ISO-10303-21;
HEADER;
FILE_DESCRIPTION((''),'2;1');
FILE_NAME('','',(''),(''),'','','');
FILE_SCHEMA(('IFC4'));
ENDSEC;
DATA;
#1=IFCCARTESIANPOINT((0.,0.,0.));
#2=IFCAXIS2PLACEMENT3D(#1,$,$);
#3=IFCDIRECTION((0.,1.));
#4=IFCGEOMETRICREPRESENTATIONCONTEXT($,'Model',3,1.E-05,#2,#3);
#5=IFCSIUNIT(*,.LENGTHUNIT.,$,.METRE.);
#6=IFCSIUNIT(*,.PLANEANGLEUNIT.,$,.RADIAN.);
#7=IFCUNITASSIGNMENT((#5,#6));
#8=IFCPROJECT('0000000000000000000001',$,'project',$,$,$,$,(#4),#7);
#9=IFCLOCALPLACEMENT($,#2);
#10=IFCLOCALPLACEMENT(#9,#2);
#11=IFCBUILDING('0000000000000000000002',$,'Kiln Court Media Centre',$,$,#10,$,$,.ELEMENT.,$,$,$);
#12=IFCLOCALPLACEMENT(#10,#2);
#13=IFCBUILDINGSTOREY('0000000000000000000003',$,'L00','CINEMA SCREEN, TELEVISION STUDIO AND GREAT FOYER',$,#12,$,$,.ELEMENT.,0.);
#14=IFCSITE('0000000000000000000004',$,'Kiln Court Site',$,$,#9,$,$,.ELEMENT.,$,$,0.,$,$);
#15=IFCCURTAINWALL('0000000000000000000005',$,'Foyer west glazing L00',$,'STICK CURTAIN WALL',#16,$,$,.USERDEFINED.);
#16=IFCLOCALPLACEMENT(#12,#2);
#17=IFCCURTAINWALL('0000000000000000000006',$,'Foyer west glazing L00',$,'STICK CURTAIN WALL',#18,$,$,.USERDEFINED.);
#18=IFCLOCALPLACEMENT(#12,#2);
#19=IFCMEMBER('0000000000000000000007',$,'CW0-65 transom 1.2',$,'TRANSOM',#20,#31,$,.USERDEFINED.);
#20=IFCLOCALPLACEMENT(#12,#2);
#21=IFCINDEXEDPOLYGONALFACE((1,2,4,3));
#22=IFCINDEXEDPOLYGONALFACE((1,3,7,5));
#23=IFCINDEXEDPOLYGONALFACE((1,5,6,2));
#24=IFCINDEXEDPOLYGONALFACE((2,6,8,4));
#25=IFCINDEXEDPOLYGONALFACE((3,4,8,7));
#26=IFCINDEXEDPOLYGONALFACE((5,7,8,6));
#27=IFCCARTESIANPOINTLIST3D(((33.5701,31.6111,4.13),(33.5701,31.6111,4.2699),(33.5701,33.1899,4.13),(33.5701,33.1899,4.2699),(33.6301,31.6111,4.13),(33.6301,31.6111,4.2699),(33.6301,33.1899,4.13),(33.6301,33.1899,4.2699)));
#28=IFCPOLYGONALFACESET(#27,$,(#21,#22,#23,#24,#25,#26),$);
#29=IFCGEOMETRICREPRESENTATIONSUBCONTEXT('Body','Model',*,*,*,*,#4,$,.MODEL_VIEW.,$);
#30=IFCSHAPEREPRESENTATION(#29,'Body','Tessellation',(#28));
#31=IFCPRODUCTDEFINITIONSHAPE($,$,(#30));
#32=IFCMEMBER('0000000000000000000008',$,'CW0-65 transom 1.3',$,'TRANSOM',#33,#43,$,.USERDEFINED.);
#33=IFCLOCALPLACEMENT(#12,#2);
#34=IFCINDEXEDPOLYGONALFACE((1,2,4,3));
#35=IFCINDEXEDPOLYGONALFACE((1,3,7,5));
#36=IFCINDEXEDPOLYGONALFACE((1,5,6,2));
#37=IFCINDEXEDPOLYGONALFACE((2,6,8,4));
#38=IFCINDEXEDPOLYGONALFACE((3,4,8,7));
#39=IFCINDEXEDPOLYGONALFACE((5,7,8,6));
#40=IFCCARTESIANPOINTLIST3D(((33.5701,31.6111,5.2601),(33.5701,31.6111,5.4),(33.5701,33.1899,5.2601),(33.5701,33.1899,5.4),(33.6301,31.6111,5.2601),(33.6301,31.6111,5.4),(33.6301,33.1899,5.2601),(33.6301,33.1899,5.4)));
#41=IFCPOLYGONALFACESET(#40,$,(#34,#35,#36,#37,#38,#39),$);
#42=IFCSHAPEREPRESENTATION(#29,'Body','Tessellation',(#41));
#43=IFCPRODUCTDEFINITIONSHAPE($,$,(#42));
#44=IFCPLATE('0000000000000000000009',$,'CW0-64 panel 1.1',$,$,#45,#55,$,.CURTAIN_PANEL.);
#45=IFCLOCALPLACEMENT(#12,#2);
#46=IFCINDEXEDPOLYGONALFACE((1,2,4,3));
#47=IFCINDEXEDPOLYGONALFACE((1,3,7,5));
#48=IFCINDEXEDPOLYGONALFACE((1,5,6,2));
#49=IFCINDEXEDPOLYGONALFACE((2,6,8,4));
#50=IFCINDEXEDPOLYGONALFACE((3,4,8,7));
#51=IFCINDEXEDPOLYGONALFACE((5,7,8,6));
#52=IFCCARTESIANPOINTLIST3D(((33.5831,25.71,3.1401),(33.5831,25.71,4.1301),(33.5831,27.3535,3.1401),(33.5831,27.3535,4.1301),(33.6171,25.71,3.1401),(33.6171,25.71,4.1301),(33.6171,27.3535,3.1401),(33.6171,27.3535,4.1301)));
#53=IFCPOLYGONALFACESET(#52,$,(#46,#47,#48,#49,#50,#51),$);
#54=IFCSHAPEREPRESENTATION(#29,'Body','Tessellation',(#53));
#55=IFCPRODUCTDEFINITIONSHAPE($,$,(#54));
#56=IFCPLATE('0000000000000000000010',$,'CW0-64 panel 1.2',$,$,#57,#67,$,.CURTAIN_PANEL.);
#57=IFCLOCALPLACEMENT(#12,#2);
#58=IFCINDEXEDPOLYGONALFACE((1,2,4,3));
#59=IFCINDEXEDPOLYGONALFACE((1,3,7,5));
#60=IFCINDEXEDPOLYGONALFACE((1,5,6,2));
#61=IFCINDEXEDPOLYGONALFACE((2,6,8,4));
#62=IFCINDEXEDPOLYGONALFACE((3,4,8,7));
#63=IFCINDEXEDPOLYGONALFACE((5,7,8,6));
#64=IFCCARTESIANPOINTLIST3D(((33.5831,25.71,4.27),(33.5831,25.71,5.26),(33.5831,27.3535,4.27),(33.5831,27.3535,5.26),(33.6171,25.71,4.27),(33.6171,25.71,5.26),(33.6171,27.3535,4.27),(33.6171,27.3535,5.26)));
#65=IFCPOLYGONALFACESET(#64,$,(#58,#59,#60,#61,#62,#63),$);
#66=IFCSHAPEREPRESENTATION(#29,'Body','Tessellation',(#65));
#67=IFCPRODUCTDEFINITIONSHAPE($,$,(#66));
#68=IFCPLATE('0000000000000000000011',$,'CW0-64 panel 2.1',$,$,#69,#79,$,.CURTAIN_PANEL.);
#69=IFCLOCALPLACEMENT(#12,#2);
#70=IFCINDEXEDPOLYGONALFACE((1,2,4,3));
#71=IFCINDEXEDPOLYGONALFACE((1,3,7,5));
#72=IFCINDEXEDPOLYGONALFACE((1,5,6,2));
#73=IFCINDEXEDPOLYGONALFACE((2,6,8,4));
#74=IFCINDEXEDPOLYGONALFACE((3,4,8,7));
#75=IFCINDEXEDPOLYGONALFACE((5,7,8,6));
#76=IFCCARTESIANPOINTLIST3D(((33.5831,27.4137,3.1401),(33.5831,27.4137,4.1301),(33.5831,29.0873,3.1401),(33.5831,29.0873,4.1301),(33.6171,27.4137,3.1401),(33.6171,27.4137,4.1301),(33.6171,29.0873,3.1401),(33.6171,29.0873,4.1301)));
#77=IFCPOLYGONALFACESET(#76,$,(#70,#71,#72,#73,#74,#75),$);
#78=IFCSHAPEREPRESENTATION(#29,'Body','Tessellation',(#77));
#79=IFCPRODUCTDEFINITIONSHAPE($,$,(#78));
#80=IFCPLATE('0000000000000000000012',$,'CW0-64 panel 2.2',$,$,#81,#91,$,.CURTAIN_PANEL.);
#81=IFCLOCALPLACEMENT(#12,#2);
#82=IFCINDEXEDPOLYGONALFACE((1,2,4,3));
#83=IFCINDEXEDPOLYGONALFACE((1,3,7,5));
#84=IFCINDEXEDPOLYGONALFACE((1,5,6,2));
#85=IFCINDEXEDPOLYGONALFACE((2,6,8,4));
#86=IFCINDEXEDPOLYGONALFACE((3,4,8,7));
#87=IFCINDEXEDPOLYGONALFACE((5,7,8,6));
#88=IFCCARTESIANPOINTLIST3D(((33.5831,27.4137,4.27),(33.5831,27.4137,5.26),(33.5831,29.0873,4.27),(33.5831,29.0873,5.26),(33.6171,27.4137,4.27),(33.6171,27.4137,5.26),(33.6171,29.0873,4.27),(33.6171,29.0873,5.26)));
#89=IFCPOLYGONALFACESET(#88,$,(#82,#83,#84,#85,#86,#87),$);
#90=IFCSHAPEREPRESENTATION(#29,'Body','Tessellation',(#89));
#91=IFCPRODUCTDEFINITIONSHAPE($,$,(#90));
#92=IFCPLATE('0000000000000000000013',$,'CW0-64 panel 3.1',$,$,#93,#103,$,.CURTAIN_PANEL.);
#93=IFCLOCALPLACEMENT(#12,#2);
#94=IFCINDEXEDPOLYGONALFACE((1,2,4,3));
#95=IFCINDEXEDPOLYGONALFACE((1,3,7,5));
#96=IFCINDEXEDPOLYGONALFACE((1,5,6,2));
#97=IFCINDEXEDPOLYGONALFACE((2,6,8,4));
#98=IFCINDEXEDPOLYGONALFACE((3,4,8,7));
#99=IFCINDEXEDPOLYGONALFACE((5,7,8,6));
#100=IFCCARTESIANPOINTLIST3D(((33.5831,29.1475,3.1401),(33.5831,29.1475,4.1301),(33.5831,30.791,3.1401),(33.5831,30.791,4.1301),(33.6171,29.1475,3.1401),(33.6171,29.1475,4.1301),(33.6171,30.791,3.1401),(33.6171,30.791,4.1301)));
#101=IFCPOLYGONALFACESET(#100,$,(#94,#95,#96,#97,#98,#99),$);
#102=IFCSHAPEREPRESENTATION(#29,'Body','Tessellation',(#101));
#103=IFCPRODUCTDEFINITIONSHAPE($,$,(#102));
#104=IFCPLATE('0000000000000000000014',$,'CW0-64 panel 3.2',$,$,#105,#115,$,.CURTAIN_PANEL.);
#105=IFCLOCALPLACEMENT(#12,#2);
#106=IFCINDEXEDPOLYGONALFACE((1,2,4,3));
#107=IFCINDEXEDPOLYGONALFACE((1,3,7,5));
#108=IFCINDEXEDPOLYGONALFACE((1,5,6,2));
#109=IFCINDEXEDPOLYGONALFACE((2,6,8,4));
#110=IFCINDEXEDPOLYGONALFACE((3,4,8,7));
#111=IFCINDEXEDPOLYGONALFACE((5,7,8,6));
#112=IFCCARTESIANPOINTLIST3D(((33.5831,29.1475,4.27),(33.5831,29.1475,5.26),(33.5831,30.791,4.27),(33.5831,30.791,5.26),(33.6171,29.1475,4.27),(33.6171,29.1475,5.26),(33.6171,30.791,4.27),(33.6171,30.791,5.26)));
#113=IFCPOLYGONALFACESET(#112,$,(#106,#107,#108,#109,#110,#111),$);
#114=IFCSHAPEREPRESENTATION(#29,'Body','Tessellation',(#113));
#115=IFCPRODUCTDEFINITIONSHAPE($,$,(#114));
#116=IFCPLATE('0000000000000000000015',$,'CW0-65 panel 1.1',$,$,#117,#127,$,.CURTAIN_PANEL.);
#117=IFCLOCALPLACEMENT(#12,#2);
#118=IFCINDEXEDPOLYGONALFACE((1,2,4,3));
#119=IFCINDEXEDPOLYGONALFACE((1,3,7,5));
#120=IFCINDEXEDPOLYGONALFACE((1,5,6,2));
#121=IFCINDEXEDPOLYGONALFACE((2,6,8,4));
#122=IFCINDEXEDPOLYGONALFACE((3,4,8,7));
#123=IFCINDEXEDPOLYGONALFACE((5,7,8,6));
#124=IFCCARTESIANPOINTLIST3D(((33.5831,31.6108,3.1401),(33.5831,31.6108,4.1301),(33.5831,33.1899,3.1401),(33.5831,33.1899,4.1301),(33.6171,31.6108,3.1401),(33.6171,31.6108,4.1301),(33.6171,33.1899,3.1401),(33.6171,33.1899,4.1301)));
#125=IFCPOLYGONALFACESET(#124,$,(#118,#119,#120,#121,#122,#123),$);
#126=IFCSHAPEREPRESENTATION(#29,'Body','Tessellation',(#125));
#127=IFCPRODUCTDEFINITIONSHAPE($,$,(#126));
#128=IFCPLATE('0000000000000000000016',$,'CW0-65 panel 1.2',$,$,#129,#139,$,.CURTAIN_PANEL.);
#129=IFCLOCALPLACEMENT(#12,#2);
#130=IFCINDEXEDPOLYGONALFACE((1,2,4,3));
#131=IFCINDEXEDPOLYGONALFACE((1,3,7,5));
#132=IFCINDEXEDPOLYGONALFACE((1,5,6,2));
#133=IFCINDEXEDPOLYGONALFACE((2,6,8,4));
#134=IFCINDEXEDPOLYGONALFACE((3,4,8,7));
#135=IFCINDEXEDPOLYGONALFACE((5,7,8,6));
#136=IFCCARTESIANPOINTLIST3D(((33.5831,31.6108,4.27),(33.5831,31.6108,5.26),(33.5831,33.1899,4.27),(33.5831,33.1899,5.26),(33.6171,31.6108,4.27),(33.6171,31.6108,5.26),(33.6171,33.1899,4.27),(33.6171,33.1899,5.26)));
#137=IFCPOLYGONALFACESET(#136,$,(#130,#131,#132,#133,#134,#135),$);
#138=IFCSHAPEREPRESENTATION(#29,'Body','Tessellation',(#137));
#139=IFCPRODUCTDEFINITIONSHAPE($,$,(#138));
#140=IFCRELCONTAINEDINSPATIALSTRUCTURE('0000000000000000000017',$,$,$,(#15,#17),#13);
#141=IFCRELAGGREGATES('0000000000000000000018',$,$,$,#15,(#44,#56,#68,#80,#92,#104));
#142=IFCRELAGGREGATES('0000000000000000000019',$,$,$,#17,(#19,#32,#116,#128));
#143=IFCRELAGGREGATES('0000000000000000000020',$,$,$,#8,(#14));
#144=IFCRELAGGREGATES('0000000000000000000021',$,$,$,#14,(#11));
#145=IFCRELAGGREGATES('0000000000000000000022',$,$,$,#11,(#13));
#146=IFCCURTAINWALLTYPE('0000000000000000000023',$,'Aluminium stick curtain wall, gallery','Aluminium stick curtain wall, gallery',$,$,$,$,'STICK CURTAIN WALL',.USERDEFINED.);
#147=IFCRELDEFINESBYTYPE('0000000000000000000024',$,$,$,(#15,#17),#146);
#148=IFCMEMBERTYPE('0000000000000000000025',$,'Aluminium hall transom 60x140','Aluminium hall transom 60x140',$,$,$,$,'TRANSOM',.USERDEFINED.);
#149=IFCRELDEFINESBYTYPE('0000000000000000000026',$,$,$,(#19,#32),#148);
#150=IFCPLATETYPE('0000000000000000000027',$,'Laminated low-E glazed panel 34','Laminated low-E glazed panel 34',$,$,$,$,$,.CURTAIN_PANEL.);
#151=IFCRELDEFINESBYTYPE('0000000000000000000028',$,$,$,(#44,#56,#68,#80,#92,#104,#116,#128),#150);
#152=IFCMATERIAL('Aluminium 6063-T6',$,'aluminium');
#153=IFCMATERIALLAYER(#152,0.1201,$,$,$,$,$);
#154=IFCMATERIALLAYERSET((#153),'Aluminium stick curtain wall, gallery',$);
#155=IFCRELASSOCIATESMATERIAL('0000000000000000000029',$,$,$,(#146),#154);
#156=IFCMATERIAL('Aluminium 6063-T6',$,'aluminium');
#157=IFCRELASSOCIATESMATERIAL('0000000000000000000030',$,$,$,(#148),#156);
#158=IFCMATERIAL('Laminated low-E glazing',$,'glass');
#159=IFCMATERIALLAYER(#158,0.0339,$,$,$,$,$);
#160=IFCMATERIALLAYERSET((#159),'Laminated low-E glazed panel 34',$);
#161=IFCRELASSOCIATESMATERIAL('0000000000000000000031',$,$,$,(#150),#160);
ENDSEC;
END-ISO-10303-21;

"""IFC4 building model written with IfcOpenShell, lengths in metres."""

from ifc_helpers import new_model, si_unit, direction, frame, origin, origin_2d, place, context, subcontext, project, spatial, rectangle, extrude, material, layer, layer_set, material_profile, profile_set, type_object, element, aggregate, save


model = new_model("IFC4")

# Units and contexts
model_context = context("Model", 3, precision=1e-05, world=origin(), true_north=direction((0.0, 1.0)))
body_context = subcontext(model_context, "Body", "Model", "MODEL_VIEW")
ifc_project = project(units=[si_unit("LENGTHUNIT", "METRE"), si_unit("PLANEANGLEUNIT", "RADIAN")], contexts=[model_context])

# Site, building, storey
site_placement = place(None, origin())
site = spatial("IfcSite", under=ifc_project, at=site_placement, Name="Kiln Court Site", CompositionType="ELEMENT", RefElevation=0.0)
building_placement = place(site_placement, origin())
building = spatial("IfcBuilding", under=site, at=building_placement, Name="Kiln Court Media Centre", CompositionType="ELEMENT")
storey_placement = place(building_placement, origin())
storey = spatial("IfcBuildingStorey", under=building, at=storey_placement, Name="L00", Description="CINEMA SCREEN, TELEVISION STUDIO AND GREAT FOYER", CompositionType="ELEMENT", Elevation=0.0)

# Curtain wall
ifc_material_1 = material(Name="Aluminium 6063-T6", Category="aluminium")
ifc_layer_1 = layer(ifc_material_1, 0.1201)
ifc_layer_set_1 = layer_set([ifc_layer_1], Name="Aluminium stick curtain wall, gallery")
curtain_wall_type = type_object("IfcCurtainWallType", Name="Aluminium stick curtain wall, gallery", Description="Aluminium stick curtain wall, gallery", ElementType="STICK CURTAIN WALL", PredefinedType="USERDEFINED", material=ifc_layer_set_1)
curtain_wall_1_placement = place(storey_placement, origin())
curtain_wall_1 = element("IfcCurtainWall", 1, at=curtain_wall_1_placement, inside=storey, type_object=curtain_wall_type, Name="Foyer west glazing L00", ObjectType="STICK CURTAIN WALL", PredefinedType="USERDEFINED")

# Curtain wall
curtain_wall_2_placement = place(storey_placement, origin())
curtain_wall_2 = element("IfcCurtainWall", 2, at=curtain_wall_2_placement, inside=storey, type_object=curtain_wall_type, Name="Foyer west glazing L00", ObjectType="STICK CURTAIN WALL", PredefinedType="USERDEFINED")

# Members
ifc_material_2 = material(Name="Aluminium 6063-T6", Category="aluminium")
ifc_material_profile_1 = material_profile(ifc_material_2, rectangle(XDim=0.0601, YDim=0.1399, at=origin_2d()), Name="Aluminium hall transom 60x140")
ifc_profile_set_1 = profile_set([ifc_material_profile_1], Name="Aluminium 6063-T6")
member_type_1 = type_object("IfcMemberType", Name="Aluminium hall transom 60x140", Description="Aluminium hall transom 60x140", ElementType="TRANSOM", PredefinedType="USERDEFINED", material=ifc_profile_set_1)
member_1_placement = place(storey_placement, frame((33.6001, 31.6111, 4.2), z_axis=(0.0, 1.0, 0.0), x_axis=(-1.0, 0.0, 0.0)))
member_1 = element("IfcMember", 3, at=member_1_placement, type_object=member_type_1, Name="CW0-65 transom 1.2", ObjectType="TRANSOM", PredefinedType="USERDEFINED", context=body_context, shape_type="SweptSolid", body=[
    extrude(rectangle(XDim=0.0601, YDim=0.1399, at=origin_2d()), origin(), (0.0, 0.0, 1.0), 1.5789),
])
member_2_placement = place(storey_placement, frame((33.6001, 31.6111, 5.3301), z_axis=(0.0, 1.0, 0.0), x_axis=(-1.0, 0.0, 0.0)))
member_2 = element("IfcMember", 4, at=member_2_placement, type_object=member_type_1, Name="CW0-65 transom 1.3", ObjectType="TRANSOM", PredefinedType="USERDEFINED", context=body_context, shape_type="SweptSolid", body=[
    extrude(rectangle(XDim=0.0601, YDim=0.1399, at=origin_2d()), origin(), (0.0, 0.0, 1.0), 1.5789),
])

# Plates
ifc_material_3 = material(Name="Laminated low-E glazing", Category="glass")
ifc_layer_2 = layer(ifc_material_3, 0.0339)
ifc_layer_set_2 = layer_set([ifc_layer_2], Name="Laminated low-E glazed panel 34")
plate_type = type_object("IfcPlateType", Name="Laminated low-E glazed panel 34", Description="Laminated low-E glazed panel 34", PredefinedType="CURTAIN_PANEL", material=ifc_layer_set_2)
plate_1_placement = place(storey_placement, frame((33.6001, 26.5317, 3.1401), z_axis=(0.0, 0.0, 1.0), x_axis=(0.0, 1.0, 0.0)))
plate_1 = element("IfcPlate", 5, at=plate_1_placement, type_object=plate_type, Name="CW0-64 panel 1.1", PredefinedType="CURTAIN_PANEL", context=body_context, shape_type="SweptSolid", body=[
    extrude(rectangle(XDim=1.6436, YDim=0.0339, at=origin_2d()), origin(), (0.0, 0.0, 1.0), 0.99),
])
plate_2_placement = place(storey_placement, frame((33.6001, 26.5317, 4.27), z_axis=(0.0, 0.0, 1.0), x_axis=(0.0, 1.0, 0.0)))
plate_2 = element("IfcPlate", 6, at=plate_2_placement, type_object=plate_type, Name="CW0-64 panel 1.2", PredefinedType="CURTAIN_PANEL", context=body_context, shape_type="SweptSolid", body=[
    extrude(rectangle(XDim=1.6436, YDim=0.0339, at=origin_2d()), origin(), (0.0, 0.0, 1.0), 0.99),
])
plate_3_placement = place(storey_placement, frame((33.6001, 28.2505, 3.1401), z_axis=(0.0, 0.0, 1.0), x_axis=(0.0, 1.0, 0.0)))
plate_3 = element("IfcPlate", 7, at=plate_3_placement, type_object=plate_type, Name="CW0-64 panel 2.1", PredefinedType="CURTAIN_PANEL", context=body_context, shape_type="SweptSolid", body=[
    extrude(rectangle(XDim=1.6736, YDim=0.0339, at=origin_2d()), origin(), (0.0, 0.0, 1.0), 0.99),
])
plate_4_placement = place(storey_placement, frame((33.6001, 28.2505, 4.27), z_axis=(0.0, 0.0, 1.0), x_axis=(0.0, 1.0, 0.0)))
plate_4 = element("IfcPlate", 8, at=plate_4_placement, type_object=plate_type, Name="CW0-64 panel 2.2", PredefinedType="CURTAIN_PANEL", context=body_context, shape_type="SweptSolid", body=[
    extrude(rectangle(XDim=1.6736, YDim=0.0339, at=origin_2d()), origin(), (0.0, 0.0, 1.0), 0.99),
])
plate_5_placement = place(storey_placement, frame((33.6001, 29.9692, 3.1401), z_axis=(0.0, 0.0, 1.0), x_axis=(0.0, 1.0, 0.0)))
plate_5 = element("IfcPlate", 9, at=plate_5_placement, type_object=plate_type, Name="CW0-64 panel 3.1", PredefinedType="CURTAIN_PANEL", context=body_context, shape_type="SweptSolid", body=[
    extrude(rectangle(XDim=1.6436, YDim=0.0339, at=origin_2d()), origin(), (0.0, 0.0, 1.0), 0.99),
])
plate_6_placement = place(storey_placement, frame((33.6001, 29.9692, 4.27), z_axis=(0.0, 0.0, 1.0), x_axis=(0.0, 1.0, 0.0)))
plate_6 = element("IfcPlate", 10, at=plate_6_placement, type_object=plate_type, Name="CW0-64 panel 3.2", PredefinedType="CURTAIN_PANEL", context=body_context, shape_type="SweptSolid", body=[
    extrude(rectangle(XDim=1.6436, YDim=0.0339, at=origin_2d()), origin(), (0.0, 0.0, 1.0), 0.99),
])
aggregate(curtain_wall_1, [plate_1, plate_2, plate_3, plate_4, plate_5, plate_6])
plate_7_placement = place(storey_placement, frame((33.6001, 32.4004, 3.1401), z_axis=(0.0, 0.0, 1.0), x_axis=(0.0, 1.0, 0.0)))
plate_7 = element("IfcPlate", 11, at=plate_7_placement, type_object=plate_type, Name="CW0-65 panel 1.1", PredefinedType="CURTAIN_PANEL", context=body_context, shape_type="SweptSolid", body=[
    extrude(rectangle(XDim=1.5791, YDim=0.0339, at=origin_2d()), origin(), (0.0, 0.0, 1.0), 0.99),
])
plate_8_placement = place(storey_placement, frame((33.6001, 32.4004, 4.27), z_axis=(0.0, 0.0, 1.0), x_axis=(0.0, 1.0, 0.0)))
plate_8 = element("IfcPlate", 12, at=plate_8_placement, type_object=plate_type, Name="CW0-65 panel 1.2", PredefinedType="CURTAIN_PANEL", context=body_context, shape_type="SweptSolid", body=[
    extrude(rectangle(XDim=1.5791, YDim=0.0339, at=origin_2d()), origin(), (0.0, 0.0, 1.0), 0.99),
])
aggregate(curtain_wall_2, [member_1, member_2, plate_7, plate_8])

save(model, "model.ifc")
